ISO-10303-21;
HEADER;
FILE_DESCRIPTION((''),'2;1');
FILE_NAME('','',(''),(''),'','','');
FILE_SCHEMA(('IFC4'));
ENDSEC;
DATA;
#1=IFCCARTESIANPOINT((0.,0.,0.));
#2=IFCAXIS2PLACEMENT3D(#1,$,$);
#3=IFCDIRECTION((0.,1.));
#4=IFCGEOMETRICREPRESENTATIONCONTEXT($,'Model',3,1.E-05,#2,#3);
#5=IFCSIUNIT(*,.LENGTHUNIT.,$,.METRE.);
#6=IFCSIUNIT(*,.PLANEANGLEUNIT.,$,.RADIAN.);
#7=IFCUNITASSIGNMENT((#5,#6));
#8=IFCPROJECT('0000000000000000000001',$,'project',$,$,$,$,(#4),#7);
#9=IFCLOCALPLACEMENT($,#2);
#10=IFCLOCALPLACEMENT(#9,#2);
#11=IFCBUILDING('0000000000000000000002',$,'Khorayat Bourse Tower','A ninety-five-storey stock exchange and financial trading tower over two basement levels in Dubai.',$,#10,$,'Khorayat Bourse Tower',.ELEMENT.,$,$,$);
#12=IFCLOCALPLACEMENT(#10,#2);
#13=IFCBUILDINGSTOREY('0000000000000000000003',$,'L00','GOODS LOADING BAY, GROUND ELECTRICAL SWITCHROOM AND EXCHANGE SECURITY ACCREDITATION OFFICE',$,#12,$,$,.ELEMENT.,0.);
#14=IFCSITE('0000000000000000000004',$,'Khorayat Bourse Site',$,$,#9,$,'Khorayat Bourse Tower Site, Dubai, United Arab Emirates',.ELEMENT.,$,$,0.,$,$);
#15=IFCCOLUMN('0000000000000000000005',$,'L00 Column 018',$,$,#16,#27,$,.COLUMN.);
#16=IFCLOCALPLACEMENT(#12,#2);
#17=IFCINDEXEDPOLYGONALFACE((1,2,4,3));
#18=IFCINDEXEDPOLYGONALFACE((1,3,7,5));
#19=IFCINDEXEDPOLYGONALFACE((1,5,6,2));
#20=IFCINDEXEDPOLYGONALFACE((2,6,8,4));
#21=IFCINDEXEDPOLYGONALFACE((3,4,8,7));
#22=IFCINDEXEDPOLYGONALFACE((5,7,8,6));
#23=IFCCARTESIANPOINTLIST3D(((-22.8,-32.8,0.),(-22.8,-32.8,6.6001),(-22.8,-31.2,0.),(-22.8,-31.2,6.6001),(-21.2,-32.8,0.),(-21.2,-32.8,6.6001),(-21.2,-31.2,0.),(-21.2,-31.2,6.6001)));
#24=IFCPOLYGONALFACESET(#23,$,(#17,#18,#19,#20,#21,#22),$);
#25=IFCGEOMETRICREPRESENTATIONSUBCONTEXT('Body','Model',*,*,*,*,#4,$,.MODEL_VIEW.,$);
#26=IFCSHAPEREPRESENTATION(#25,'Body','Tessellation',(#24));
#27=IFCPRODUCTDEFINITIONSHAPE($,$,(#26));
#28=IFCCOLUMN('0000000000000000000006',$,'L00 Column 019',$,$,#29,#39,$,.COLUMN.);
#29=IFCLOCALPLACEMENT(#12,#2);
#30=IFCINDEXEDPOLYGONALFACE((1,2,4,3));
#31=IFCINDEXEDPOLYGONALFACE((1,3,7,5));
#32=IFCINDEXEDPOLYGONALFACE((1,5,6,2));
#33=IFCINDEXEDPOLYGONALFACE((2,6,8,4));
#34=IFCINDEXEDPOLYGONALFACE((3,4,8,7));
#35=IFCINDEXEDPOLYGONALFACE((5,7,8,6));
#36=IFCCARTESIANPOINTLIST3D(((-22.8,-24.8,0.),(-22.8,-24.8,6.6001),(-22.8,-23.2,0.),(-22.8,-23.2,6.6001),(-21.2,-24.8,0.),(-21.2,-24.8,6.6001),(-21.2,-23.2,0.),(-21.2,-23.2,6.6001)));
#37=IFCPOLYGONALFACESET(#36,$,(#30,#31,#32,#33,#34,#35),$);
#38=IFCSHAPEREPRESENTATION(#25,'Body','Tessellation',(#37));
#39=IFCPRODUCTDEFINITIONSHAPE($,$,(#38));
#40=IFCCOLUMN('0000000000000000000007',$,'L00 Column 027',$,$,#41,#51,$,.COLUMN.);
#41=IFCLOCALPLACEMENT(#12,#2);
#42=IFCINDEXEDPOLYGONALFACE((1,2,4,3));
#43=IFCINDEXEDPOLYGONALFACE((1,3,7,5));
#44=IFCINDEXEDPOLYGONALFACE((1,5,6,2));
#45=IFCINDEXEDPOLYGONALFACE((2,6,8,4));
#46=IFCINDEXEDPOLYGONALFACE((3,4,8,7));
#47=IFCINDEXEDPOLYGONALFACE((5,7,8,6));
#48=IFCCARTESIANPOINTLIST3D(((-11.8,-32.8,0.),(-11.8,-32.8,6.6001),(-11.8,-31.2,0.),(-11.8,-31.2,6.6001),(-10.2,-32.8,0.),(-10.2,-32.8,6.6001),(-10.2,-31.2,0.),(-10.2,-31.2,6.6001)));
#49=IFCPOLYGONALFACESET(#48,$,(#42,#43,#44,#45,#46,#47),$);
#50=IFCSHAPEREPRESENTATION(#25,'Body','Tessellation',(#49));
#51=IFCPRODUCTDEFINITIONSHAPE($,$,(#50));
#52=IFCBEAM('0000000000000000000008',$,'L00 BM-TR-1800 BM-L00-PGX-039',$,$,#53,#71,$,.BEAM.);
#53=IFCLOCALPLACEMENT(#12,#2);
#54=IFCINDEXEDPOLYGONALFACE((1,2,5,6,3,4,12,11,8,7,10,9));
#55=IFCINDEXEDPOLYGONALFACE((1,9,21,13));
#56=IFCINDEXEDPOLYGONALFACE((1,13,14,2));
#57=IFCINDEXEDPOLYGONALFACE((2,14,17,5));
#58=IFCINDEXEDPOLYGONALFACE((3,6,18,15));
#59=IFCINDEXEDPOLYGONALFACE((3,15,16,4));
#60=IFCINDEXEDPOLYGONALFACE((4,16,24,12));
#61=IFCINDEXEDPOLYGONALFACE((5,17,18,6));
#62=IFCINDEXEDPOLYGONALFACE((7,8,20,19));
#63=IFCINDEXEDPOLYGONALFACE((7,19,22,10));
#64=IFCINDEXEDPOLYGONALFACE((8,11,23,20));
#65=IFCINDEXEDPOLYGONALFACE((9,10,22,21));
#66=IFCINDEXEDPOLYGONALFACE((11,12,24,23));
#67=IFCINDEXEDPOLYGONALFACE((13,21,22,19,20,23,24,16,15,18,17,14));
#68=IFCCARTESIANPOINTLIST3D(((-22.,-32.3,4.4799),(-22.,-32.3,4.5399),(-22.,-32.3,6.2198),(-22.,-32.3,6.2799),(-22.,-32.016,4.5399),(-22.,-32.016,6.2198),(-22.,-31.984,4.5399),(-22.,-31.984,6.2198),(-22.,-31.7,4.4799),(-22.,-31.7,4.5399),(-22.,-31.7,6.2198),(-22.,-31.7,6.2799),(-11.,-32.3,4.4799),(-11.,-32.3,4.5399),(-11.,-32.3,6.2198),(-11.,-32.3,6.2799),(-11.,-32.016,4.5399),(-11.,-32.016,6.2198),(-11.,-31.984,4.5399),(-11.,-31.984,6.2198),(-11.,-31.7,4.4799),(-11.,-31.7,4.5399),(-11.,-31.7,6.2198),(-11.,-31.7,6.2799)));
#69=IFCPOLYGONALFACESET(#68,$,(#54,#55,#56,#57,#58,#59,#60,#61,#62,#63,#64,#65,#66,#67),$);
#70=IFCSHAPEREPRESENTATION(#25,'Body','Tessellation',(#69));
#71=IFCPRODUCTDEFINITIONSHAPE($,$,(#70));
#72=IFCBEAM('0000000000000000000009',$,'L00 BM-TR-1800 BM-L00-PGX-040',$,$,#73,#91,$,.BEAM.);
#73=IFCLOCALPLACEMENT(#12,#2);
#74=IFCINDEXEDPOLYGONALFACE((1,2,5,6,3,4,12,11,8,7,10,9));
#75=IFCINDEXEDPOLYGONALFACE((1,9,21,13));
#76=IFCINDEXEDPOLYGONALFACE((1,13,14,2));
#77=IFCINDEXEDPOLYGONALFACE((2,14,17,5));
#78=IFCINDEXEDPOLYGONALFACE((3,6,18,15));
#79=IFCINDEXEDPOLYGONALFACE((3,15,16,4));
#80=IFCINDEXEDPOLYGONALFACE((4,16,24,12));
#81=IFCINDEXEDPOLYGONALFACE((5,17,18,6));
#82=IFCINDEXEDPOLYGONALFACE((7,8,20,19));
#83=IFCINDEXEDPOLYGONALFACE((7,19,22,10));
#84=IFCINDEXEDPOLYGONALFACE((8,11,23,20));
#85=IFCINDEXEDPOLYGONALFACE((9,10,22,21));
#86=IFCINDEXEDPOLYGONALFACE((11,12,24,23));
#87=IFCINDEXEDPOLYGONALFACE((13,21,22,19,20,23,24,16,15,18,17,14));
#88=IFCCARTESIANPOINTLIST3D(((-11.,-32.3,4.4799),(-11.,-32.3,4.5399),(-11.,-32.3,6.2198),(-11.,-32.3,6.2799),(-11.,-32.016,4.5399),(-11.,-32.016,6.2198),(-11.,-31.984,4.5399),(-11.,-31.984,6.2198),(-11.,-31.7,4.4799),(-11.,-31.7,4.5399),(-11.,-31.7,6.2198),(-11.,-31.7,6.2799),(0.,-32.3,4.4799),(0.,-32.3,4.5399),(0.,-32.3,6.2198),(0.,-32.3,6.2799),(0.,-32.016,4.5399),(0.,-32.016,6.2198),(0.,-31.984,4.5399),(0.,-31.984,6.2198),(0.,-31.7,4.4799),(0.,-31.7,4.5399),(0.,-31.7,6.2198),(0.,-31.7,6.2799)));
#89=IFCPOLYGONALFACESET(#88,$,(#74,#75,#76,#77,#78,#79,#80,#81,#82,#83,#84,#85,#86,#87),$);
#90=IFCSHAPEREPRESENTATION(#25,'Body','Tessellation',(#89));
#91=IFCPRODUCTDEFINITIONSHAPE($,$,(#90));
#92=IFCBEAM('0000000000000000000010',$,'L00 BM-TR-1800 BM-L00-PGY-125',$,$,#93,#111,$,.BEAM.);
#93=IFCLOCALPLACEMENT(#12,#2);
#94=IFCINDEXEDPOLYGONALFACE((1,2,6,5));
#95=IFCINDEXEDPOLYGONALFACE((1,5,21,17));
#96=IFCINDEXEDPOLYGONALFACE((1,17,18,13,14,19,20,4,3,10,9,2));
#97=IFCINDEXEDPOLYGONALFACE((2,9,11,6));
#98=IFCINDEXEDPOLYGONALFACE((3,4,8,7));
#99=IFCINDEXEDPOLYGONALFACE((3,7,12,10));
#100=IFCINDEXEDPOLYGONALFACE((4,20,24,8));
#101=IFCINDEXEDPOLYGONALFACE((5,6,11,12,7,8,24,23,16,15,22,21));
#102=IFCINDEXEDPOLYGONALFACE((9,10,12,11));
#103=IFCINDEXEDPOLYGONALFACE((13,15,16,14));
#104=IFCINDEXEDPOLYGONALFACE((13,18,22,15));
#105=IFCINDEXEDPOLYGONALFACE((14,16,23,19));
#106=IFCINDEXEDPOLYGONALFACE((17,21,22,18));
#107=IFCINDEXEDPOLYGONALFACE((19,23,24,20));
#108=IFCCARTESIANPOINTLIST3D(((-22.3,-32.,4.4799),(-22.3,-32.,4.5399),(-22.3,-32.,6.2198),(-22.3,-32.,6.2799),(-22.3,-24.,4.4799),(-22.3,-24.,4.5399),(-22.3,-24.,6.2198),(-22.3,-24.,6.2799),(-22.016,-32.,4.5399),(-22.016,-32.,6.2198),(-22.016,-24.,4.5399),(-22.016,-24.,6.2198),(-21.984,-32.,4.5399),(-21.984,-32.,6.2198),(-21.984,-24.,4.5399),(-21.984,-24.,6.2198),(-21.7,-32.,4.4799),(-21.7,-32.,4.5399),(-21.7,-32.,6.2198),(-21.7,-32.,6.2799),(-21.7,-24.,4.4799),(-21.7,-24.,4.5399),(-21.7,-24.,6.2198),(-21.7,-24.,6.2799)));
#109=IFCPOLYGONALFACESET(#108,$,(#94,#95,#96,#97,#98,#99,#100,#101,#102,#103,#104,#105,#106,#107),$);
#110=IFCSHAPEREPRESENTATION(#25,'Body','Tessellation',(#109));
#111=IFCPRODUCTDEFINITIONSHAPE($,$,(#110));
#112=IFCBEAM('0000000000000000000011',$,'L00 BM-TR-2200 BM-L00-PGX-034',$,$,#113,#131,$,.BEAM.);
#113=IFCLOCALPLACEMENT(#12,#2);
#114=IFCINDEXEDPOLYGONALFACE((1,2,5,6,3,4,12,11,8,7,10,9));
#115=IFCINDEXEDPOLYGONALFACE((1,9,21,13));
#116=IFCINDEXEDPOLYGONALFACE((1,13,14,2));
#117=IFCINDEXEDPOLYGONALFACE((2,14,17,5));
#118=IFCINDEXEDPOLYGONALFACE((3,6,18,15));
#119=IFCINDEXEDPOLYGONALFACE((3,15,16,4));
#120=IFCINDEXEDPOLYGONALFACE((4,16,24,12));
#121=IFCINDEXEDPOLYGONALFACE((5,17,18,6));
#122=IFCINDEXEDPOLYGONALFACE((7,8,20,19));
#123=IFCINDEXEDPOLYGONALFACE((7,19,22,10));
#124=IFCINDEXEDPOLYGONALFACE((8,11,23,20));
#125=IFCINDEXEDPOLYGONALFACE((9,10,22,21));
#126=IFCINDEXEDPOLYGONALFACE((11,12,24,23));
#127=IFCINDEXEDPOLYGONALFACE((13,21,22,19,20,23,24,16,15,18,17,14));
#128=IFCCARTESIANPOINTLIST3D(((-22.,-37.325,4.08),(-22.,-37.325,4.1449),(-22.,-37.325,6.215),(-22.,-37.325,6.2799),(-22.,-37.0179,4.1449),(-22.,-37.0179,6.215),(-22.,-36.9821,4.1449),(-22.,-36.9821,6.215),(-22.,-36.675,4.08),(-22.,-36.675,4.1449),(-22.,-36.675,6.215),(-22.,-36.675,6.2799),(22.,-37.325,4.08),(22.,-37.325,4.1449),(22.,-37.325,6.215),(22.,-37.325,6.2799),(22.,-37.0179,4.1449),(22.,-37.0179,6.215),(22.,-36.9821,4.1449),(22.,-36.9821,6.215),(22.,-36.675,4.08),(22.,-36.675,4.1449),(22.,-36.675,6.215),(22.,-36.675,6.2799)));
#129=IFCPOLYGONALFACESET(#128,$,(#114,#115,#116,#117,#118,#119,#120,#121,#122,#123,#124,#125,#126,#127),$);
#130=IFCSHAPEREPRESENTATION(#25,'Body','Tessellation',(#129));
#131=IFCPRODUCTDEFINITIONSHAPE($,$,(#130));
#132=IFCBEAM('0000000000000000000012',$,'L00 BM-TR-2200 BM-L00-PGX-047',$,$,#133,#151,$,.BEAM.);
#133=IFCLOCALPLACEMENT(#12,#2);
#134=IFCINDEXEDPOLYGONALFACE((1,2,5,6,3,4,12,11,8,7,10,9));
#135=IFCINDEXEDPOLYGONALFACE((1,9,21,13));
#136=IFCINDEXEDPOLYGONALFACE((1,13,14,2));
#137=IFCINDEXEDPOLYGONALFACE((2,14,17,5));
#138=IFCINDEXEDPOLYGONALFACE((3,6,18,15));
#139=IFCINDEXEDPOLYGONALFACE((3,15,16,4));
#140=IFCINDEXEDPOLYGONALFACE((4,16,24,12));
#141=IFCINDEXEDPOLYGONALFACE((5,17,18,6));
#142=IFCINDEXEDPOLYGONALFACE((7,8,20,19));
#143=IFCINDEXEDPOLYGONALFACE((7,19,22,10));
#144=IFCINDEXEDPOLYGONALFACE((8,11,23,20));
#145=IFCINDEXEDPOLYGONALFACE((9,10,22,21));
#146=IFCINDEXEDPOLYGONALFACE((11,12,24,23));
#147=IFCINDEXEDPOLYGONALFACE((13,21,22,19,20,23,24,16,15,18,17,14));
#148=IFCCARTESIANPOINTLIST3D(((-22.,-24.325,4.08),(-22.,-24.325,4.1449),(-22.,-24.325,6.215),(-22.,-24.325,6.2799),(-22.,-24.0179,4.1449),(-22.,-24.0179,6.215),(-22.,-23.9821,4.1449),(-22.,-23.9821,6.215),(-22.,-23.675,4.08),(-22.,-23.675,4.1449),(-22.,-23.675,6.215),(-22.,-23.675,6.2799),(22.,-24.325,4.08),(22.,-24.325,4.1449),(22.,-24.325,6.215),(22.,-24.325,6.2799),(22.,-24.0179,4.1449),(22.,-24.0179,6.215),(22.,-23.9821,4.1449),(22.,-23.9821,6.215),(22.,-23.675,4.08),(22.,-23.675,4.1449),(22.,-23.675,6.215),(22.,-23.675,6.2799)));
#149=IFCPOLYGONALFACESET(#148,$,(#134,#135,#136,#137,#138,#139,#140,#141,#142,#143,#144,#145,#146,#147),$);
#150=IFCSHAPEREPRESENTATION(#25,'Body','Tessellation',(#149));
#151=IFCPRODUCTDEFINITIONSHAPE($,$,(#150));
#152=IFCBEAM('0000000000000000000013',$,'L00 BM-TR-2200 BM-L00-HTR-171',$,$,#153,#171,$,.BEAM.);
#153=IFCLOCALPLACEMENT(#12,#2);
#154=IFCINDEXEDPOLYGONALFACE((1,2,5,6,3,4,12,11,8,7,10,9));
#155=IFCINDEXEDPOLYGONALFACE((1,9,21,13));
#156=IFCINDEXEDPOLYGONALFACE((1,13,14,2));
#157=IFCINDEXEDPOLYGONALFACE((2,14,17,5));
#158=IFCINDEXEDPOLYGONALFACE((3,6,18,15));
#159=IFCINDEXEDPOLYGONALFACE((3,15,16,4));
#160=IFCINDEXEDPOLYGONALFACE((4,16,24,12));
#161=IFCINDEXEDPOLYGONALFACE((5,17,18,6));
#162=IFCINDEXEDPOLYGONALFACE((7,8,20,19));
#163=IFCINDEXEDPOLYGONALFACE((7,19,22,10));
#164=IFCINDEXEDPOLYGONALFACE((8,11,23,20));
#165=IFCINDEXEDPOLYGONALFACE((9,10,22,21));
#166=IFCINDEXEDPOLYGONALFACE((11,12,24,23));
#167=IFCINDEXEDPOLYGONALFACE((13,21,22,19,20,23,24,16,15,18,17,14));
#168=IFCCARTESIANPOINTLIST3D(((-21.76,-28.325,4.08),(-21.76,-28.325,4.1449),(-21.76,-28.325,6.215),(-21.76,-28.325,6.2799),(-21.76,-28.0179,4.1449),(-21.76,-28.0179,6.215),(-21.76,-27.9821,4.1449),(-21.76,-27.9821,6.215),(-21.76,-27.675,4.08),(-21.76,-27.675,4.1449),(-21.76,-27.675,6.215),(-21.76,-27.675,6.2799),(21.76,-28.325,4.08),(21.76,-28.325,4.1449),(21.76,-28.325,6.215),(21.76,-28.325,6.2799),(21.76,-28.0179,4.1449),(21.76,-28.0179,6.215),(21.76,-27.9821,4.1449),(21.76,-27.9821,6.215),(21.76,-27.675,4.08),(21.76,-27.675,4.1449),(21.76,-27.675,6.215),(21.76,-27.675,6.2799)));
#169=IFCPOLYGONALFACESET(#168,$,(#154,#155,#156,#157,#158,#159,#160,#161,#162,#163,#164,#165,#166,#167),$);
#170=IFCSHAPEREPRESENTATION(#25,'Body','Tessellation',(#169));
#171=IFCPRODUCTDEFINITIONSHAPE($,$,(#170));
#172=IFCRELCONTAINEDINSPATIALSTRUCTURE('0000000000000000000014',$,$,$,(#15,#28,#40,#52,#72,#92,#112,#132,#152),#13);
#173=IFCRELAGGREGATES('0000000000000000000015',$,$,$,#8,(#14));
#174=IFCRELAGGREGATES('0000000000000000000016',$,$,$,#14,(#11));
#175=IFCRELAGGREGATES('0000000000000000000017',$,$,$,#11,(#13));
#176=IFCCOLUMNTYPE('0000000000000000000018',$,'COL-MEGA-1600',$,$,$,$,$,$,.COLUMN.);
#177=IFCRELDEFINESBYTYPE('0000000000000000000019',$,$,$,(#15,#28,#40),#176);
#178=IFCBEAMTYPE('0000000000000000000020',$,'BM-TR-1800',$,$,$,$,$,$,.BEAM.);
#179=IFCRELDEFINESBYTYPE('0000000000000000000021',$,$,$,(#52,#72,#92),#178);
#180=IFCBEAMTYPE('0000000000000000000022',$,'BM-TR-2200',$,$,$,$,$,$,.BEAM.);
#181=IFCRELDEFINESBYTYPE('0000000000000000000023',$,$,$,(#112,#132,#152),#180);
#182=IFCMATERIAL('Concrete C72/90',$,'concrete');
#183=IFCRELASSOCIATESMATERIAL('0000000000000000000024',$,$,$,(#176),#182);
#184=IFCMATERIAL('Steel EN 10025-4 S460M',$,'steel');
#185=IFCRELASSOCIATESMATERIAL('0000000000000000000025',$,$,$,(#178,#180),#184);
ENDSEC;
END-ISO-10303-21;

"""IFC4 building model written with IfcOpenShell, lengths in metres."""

from ifc_helpers import new_model, si_unit, direction, frame, origin, origin_2d, place, context, subcontext, project, spatial, rectangle, i_section, extrude, source, transform, mapped, material, material_profile, profile_set, type_object, element, save


model = new_model("IFC4")

# Units and contexts
model_context = context("Model", 3, precision=1e-05, world=origin(), true_north=direction((0.0, 1.0)))
body_context = subcontext(model_context, "Body", "Model", "MODEL_VIEW")
ifc_project = project(units=[si_unit("LENGTHUNIT", "METRE"), si_unit("PLANEANGLEUNIT", "RADIAN")], contexts=[model_context])

# Site, building, storey
site_placement = place(None, origin())
site = spatial("IfcSite", under=ifc_project, at=site_placement, Name="Khorayat Bourse Site", LongName="Khorayat Bourse Tower Site, Dubai, United Arab Emirates", CompositionType="ELEMENT", RefElevation=0.0)
building_placement = place(site_placement, origin())
building = spatial("IfcBuilding", under=site, at=building_placement, Name="Khorayat Bourse Tower", Description="A ninety-five-storey stock exchange and financial trading tower over two basement levels in Dubai.", LongName="Khorayat Bourse Tower", CompositionType="ELEMENT")
storey_placement = place(building_placement, origin())
storey = spatial("IfcBuildingStorey", under=building, at=storey_placement, Name="L00", Description="GOODS LOADING BAY, GROUND ELECTRICAL SWITCHROOM AND EXCHANGE SECURITY ACCREDITATION OFFICE", CompositionType="ELEMENT", Elevation=0.0)

# Columns
ifc_material_1 = material(Name="Concrete C72/90", Category="concrete")
ifc_material_profile_1 = material_profile(ifc_material_1, rectangle(XDim=1.6001, YDim=1.6001, at=origin_2d()), Name="RC 1600x1600")
ifc_profile_set_1 = profile_set([ifc_material_profile_1], Name="Concrete C72/90")
column_type = type_object("IfcColumnType", Name="COL-MEGA-1600", PredefinedType="COLUMN", material=ifc_profile_set_1)
shared_shape_1 = source(origin(), body_context, "Body", "SweptSolid", [
    extrude(rectangle(XDim=1.6001, YDim=1.6001, at=origin_2d()), origin(), (0.0, 0.0, 1.0), 6.6001),
])
for number, where, z_axis, x_axis, name in (
    (1, (-22.0, -32.0, 0.0), (0.0, 0.0, 1.0), (1.0, 0.0, 0.0), "L00 Column 018"),
    (2, (-22.0, -24.0, 0.0), (0.0, 0.0, 1.0), (1.0, 0.0, 0.0), "L00 Column 019"),
    (3, (-11.0, -32.0, 0.0), (0.0, 0.0, 1.0), (1.0, 0.0, 0.0), "L00 Column 027"),
):
    element("IfcColumn", number, at=place(storey_placement, frame(where, z_axis=z_axis, x_axis=x_axis)), inside=storey, type_object=column_type, Name=name, PredefinedType="COLUMN", context=body_context, shape_type="MappedRepresentation", body=[
        mapped(shared_shape_1, transform((0.0, 0.0, 0.0), scale=1.0)),
    ])

# Beams
ifc_material_2 = material(Name="Steel EN 10025-4 S460M", Category="steel")
ifc_material_profile_2 = material_profile(ifc_material_2, i_section(OverallWidth=0.6001, OverallDepth=1.8, WebThickness=0.032, FlangeThickness=0.0601, at=origin_2d()), Name="PG 1800x600x32x60")
ifc_profile_set_2 = profile_set([ifc_material_profile_2], Name="Steel EN 10025-4 S460M")
beam_type_1 = type_object("IfcBeamType", Name="BM-TR-1800", PredefinedType="BEAM", material=ifc_profile_set_2)
shared_shape_2 = source(origin(), body_context, "Body", "SweptSolid", [
    extrude(i_section(OverallWidth=0.6001, OverallDepth=1.8, WebThickness=0.032, FlangeThickness=0.0601, at=origin_2d()), origin(), (0.0, 0.0, 1.0), 11.0),
])
for number, where, z_axis, x_axis, name in (
    (4, (-22.0, -32.0, 5.3799), (1.0, 0.0, 0.0), (0.0, 1.0, 0.0), "L00 BM-TR-1800 BM-L00-PGX-039"),
    (5, (-11.0, -32.0, 5.3799), (1.0, 0.0, 0.0), (0.0, 1.0, 0.0), "L00 BM-TR-1800 BM-L00-PGX-040"),
):
    element("IfcBeam", number, at=place(storey_placement, frame(where, z_axis=z_axis, x_axis=x_axis)), inside=storey, type_object=beam_type_1, Name=name, PredefinedType="BEAM", context=body_context, shape_type="MappedRepresentation", body=[
        mapped(shared_shape_2, transform((0.0, 0.0, 0.0), scale=1.0)),
    ])
shared_shape_3 = source(origin(), body_context, "Body", "SweptSolid", [
    extrude(i_section(OverallWidth=0.6001, OverallDepth=1.8, WebThickness=0.032, FlangeThickness=0.0601, at=origin_2d()), origin(), (0.0, 0.0, 1.0), 8.0),
])
beam_1_placement = place(storey_placement, frame((-22.0, -32.0, 5.3799), z_axis=(0.0, 1.0, 0.0), x_axis=(-1.0, 0.0, 0.0)))
element("IfcBeam", 6, at=beam_1_placement, inside=storey, type_object=beam_type_1, Name="L00 BM-TR-1800 BM-L00-PGY-125", PredefinedType="BEAM", context=body_context, shape_type="MappedRepresentation", body=[
    mapped(shared_shape_3, transform((0.0, 0.0, 0.0), scale=1.0)),
])
ifc_material_profile_3 = material_profile(ifc_material_2, i_section(OverallWidth=0.6499, OverallDepth=2.2, WebThickness=0.0359, FlangeThickness=0.0649, at=origin_2d()), Name="PG 2200x650x36x65")
ifc_profile_set_3 = profile_set([ifc_material_profile_3], Name="Steel EN 10025-4 S460M")
beam_type_2 = type_object("IfcBeamType", Name="BM-TR-2200", PredefinedType="BEAM", material=ifc_profile_set_3)
shared_shape_4 = source(origin(), body_context, "Body", "SweptSolid", [
    extrude(i_section(OverallWidth=0.6499, OverallDepth=2.2, WebThickness=0.0359, FlangeThickness=0.0649, at=origin_2d()), origin(), (0.0, 0.0, 1.0), 44.0),
])
for number, where, z_axis, x_axis, name in (
    (7, (-22.0, -37.0, 5.1799), (1.0, 0.0, 0.0), (0.0, 1.0, 0.0), "L00 BM-TR-2200 BM-L00-PGX-034"),
    (8, (-22.0, -24.0, 5.1799), (1.0, 0.0, 0.0), (0.0, 1.0, 0.0), "L00 BM-TR-2200 BM-L00-PGX-047"),
):
    element("IfcBeam", number, at=place(storey_placement, frame(where, z_axis=z_axis, x_axis=x_axis)), inside=storey, type_object=beam_type_2, Name=name, PredefinedType="BEAM", context=body_context, shape_type="MappedRepresentation", body=[
        mapped(shared_shape_4, transform((0.0, 0.0, 0.0), scale=1.0)),
    ])
shared_shape_5 = source(origin(), body_context, "Body", "SweptSolid", [
    extrude(i_section(OverallWidth=0.6499, OverallDepth=2.2, WebThickness=0.0359, FlangeThickness=0.0649, at=origin_2d()), origin(), (0.0, 0.0, 1.0), 43.52),
])
beam_2_placement = place(storey_placement, frame((-21.76, -28.0, 5.1799), z_axis=(1.0, 0.0, 0.0), x_axis=(0.0, 1.0, 0.0)))
element("IfcBeam", 9, at=beam_2_placement, inside=storey, type_object=beam_type_2, Name="L00 BM-TR-2200 BM-L00-HTR-171", PredefinedType="BEAM", context=body_context, shape_type="MappedRepresentation", body=[
    mapped(shared_shape_5, transform((0.0, 0.0, 0.0), scale=1.0)),
])

save(model, "model.ifc")
